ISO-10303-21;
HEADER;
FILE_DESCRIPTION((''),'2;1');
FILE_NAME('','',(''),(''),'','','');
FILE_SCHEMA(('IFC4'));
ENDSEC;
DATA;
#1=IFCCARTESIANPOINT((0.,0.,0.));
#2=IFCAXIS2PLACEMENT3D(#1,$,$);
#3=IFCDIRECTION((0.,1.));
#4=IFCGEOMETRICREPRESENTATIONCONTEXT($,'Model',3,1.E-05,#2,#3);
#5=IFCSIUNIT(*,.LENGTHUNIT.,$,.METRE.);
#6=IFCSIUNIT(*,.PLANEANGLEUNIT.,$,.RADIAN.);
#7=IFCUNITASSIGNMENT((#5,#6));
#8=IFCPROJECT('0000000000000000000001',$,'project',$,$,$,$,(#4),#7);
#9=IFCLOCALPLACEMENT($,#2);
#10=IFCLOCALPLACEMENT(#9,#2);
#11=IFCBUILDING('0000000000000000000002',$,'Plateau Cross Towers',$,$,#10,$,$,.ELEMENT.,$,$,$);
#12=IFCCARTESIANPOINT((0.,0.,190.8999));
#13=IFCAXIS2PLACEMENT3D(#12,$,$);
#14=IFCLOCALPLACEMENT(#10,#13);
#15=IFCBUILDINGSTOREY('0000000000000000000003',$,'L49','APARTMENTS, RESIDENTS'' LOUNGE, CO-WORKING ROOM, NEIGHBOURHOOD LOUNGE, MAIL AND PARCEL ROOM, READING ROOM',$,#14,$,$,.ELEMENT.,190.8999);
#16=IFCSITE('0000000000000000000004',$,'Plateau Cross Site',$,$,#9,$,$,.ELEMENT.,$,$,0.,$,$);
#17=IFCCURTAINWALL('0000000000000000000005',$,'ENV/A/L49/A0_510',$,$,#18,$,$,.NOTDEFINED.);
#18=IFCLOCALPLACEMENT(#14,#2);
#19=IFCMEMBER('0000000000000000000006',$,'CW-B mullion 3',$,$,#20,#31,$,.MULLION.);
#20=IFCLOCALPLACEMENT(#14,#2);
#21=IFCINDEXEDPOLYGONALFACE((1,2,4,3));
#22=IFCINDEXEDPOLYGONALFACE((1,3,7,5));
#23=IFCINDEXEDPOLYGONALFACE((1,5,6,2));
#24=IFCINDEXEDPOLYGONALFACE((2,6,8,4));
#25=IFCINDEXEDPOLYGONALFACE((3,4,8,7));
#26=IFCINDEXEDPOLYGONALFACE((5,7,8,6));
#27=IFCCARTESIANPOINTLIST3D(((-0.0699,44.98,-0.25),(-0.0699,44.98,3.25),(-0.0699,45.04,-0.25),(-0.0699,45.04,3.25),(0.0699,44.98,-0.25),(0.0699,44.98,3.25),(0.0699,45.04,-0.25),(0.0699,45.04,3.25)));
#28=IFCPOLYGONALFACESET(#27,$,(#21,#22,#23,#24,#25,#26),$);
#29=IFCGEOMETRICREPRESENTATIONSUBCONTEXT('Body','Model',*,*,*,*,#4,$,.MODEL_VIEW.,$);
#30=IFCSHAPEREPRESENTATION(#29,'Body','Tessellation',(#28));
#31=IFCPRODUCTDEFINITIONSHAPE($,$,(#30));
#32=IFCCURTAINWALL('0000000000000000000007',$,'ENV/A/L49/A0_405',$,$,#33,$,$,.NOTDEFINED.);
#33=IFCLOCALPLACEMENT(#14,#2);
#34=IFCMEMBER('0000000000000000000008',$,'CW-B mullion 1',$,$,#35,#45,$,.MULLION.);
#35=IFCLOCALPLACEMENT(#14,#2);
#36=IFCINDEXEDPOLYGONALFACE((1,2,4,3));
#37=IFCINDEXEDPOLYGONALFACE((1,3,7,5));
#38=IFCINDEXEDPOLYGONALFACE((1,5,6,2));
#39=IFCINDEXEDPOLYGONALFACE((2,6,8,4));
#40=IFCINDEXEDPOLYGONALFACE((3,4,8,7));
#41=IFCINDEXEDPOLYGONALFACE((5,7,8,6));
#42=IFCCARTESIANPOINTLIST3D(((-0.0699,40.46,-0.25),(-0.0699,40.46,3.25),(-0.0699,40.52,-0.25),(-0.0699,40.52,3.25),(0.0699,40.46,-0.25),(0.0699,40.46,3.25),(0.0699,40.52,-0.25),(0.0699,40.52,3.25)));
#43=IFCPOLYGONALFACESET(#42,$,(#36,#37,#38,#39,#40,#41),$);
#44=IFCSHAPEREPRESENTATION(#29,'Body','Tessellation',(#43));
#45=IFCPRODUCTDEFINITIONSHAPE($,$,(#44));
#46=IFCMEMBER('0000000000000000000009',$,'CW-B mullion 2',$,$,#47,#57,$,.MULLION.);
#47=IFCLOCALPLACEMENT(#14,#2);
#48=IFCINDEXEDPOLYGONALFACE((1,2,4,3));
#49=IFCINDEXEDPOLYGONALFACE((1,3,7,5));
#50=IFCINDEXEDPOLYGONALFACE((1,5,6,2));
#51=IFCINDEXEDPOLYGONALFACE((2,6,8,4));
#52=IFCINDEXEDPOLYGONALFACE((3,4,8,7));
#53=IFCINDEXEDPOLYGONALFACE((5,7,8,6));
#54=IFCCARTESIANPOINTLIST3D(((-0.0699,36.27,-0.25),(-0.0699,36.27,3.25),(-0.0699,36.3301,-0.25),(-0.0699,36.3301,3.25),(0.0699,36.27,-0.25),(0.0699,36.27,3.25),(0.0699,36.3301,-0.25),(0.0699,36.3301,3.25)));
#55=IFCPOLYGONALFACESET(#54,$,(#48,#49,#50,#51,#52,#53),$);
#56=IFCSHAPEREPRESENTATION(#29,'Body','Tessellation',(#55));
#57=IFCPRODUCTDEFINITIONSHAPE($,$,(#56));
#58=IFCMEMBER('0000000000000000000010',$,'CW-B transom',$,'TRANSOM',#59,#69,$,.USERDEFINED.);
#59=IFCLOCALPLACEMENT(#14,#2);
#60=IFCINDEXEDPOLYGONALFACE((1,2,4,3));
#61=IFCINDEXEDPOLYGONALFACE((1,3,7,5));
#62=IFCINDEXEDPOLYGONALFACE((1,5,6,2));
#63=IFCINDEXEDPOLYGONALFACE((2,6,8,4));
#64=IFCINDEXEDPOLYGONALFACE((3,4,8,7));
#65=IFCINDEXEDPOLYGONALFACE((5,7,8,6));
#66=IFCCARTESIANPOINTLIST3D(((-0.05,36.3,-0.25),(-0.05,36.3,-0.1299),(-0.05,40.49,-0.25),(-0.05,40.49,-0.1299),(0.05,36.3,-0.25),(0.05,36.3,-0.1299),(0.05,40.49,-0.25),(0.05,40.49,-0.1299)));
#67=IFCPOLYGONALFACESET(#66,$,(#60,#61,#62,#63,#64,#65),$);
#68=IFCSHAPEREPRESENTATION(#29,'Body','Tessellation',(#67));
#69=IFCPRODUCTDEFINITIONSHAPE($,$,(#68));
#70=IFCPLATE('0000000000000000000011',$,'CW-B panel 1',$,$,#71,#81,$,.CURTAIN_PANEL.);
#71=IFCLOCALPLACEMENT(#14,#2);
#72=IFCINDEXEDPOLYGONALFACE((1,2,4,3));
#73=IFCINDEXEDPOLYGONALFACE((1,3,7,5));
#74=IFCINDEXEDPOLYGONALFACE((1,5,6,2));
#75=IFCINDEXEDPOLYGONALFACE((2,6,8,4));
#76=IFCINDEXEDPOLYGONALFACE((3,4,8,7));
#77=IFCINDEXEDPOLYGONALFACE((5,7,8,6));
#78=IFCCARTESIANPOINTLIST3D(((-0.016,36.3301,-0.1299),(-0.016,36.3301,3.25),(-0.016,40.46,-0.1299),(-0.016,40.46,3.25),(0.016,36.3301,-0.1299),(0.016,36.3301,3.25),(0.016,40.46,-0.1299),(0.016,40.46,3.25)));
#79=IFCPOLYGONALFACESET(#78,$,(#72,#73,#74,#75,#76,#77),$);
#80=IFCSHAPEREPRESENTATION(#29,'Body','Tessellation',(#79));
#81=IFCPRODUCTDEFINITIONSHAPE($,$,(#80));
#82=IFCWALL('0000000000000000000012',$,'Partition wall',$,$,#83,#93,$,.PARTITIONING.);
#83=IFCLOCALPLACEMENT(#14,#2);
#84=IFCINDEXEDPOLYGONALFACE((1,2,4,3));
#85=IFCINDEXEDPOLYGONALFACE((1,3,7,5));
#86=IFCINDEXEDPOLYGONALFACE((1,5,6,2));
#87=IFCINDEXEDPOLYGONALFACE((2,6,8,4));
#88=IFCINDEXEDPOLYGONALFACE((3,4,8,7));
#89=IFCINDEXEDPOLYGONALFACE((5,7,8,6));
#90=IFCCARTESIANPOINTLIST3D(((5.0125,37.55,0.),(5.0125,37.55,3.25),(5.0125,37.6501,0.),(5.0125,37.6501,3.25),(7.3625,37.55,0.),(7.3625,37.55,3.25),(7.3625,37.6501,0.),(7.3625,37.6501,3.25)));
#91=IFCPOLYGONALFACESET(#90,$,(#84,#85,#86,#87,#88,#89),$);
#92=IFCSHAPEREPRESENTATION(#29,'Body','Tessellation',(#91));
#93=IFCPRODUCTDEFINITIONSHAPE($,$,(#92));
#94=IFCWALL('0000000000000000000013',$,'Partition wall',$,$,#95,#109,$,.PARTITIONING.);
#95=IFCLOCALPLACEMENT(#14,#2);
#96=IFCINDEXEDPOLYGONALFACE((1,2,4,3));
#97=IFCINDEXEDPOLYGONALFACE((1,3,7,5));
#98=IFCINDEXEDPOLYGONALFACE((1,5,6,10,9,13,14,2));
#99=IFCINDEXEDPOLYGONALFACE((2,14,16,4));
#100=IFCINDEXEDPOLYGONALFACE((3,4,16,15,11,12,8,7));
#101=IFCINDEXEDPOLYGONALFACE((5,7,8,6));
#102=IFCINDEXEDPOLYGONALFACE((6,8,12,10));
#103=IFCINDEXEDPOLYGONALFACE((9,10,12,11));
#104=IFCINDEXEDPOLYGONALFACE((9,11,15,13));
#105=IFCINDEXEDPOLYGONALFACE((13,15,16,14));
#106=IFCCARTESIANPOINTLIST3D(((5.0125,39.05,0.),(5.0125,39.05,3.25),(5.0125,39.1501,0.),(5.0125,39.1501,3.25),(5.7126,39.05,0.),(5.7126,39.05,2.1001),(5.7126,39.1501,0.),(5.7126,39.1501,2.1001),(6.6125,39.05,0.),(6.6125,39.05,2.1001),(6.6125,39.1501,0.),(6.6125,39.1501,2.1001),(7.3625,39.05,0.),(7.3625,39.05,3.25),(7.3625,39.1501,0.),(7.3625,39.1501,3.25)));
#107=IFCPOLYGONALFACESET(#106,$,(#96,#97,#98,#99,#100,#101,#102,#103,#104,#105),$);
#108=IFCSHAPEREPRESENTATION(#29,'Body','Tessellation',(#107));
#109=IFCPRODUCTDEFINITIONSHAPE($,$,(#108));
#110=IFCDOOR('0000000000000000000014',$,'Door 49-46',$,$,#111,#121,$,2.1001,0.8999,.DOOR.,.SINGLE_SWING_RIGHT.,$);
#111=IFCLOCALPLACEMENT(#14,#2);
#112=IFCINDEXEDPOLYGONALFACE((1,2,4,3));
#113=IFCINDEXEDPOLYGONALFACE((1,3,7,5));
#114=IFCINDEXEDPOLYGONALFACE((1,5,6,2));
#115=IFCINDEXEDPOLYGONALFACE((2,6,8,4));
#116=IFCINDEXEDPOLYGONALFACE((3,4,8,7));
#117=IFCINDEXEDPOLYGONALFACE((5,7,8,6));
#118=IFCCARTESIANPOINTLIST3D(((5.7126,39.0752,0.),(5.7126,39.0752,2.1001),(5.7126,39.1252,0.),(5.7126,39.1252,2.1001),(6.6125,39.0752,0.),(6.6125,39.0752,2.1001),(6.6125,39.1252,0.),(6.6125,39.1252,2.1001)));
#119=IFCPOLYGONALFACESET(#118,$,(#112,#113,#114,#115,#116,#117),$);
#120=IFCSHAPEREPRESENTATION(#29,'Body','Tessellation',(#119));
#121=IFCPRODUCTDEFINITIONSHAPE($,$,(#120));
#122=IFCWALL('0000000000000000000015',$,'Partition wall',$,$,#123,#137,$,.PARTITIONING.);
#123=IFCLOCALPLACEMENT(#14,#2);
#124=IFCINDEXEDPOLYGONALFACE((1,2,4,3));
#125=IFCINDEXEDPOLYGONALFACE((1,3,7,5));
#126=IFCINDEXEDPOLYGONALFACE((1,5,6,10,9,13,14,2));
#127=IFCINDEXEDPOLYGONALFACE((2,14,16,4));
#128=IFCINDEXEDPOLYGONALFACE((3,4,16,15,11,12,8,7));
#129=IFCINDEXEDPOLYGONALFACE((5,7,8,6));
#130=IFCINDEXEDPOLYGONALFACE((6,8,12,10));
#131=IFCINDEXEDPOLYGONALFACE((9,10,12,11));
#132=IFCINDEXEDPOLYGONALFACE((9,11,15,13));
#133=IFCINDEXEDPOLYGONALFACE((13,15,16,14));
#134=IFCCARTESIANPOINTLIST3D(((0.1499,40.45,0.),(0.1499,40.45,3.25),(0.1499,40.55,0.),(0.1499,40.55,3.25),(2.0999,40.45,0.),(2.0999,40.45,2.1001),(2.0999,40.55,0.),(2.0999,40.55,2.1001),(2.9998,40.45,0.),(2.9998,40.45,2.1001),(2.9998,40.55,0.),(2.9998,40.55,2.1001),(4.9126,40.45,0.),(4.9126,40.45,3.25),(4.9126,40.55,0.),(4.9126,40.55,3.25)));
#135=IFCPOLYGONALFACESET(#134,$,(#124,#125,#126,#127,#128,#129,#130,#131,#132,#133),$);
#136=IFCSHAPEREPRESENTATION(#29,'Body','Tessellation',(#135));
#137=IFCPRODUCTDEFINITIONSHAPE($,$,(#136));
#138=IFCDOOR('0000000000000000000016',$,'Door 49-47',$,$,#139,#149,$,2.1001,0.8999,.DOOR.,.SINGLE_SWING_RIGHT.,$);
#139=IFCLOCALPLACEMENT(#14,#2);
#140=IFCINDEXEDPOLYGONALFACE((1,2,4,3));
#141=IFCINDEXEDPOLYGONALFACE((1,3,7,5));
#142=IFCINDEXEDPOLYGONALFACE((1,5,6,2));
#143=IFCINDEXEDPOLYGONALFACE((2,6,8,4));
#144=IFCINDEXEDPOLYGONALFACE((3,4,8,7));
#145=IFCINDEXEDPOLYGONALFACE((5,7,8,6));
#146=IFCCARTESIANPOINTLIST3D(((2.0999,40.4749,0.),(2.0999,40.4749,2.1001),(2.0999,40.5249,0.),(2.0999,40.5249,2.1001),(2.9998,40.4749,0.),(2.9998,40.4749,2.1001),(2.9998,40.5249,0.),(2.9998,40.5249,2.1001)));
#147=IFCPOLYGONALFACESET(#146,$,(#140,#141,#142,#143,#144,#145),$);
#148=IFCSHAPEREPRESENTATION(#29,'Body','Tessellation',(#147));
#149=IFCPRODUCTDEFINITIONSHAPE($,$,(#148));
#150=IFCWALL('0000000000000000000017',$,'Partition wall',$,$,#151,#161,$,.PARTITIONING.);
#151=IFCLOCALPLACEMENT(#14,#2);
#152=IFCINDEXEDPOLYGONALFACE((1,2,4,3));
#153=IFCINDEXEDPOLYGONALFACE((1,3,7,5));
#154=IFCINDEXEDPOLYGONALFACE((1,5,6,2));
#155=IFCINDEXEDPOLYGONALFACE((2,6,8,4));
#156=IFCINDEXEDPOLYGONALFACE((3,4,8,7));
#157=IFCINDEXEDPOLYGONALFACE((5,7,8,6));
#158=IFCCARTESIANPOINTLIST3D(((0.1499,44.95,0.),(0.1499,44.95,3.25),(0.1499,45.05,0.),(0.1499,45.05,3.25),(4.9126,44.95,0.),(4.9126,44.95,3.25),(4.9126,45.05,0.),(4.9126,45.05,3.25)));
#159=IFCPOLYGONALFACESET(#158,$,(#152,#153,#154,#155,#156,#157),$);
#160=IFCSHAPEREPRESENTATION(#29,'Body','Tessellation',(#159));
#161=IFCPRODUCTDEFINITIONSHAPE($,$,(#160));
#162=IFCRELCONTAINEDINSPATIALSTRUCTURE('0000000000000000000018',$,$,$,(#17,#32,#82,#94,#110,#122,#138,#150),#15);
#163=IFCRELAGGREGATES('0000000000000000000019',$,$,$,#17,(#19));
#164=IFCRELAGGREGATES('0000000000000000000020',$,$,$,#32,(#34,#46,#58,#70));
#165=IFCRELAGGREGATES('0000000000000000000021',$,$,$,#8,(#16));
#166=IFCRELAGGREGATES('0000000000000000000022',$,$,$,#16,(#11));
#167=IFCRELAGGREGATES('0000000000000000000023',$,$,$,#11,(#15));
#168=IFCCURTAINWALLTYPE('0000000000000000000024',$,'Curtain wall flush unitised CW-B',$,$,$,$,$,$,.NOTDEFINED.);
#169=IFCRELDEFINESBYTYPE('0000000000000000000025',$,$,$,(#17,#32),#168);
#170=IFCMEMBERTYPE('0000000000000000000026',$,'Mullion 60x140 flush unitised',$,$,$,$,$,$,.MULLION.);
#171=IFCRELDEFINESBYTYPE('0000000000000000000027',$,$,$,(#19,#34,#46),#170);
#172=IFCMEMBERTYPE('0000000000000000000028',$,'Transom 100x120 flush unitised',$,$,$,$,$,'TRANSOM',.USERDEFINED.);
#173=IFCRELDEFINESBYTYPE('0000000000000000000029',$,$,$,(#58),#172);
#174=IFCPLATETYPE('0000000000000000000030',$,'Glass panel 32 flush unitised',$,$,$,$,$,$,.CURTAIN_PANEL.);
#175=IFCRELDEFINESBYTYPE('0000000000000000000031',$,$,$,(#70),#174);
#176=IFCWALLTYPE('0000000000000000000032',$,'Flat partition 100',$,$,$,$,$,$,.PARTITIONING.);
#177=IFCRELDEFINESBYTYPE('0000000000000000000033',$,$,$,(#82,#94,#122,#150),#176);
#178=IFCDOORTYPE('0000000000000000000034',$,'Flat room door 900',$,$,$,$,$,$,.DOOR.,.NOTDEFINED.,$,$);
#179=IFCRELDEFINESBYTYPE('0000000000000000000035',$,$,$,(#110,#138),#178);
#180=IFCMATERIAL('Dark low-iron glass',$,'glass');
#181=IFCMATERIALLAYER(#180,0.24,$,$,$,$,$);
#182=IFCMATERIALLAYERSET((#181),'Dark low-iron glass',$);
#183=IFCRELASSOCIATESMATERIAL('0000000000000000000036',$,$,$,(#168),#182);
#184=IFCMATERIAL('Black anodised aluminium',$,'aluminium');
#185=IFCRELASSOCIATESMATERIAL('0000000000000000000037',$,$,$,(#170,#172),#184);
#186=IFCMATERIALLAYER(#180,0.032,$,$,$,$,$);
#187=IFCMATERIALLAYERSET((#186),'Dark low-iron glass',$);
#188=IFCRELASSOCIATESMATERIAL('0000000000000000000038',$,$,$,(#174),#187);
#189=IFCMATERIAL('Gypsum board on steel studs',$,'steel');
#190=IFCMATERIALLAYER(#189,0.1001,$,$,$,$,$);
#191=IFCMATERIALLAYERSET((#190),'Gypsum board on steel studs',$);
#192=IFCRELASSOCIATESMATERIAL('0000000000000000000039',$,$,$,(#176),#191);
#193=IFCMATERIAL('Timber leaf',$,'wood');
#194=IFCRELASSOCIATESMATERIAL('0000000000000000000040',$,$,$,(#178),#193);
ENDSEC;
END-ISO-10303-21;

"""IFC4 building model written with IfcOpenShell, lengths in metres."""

from ifc_helpers import new_model, si_unit, direction, frame, frame_2d, origin, origin_2d, place, context, subcontext, project, spatial, rectangle, extrude, material, layer, layer_set, material_profile, profile_set, type_object, element, fill, aggregate, save


model = new_model("IFC4")

# Units and contexts
model_context = context("Model", 3, precision=1e-05, world=origin(), true_north=direction((0.0, 1.0)))
body_context = subcontext(model_context, "Body", "Model", "MODEL_VIEW")
ifc_project = project(units=[si_unit("LENGTHUNIT", "METRE"), si_unit("PLANEANGLEUNIT", "RADIAN")], contexts=[model_context])

# Site, building, storey
site_placement = place(None, origin())
site = spatial("IfcSite", under=ifc_project, at=site_placement, Name="Plateau Cross Site", CompositionType="ELEMENT", RefElevation=0.0)
building_placement = place(site_placement, origin())
building = spatial("IfcBuilding", under=site, at=building_placement, Name="Plateau Cross Towers", CompositionType="ELEMENT")
storey_placement = place(building_placement, frame((0.0, 0.0, 190.8999)))
storey = spatial("IfcBuildingStorey", under=building, at=storey_placement, Name="L49", Description="APARTMENTS, RESIDENTS' LOUNGE, CO-WORKING ROOM, NEIGHBOURHOOD LOUNGE, MAIL AND PARCEL ROOM, READING ROOM", CompositionType="ELEMENT", Elevation=190.8999)

# Curtain wall, member
ifc_material_1 = material(Name="Dark low-iron glass", Category="glass")
ifc_layer_1 = layer(ifc_material_1, 0.24)
ifc_layer_set_1 = layer_set([ifc_layer_1], Name="Dark low-iron glass")
curtain_wall_type = type_object("IfcCurtainWallType", Name="Curtain wall flush unitised CW-B", PredefinedType="NOTDEFINED", material=ifc_layer_set_1)
curtain_wall_1_placement = place(storey_placement, origin())
curtain_wall_1 = element("IfcCurtainWall", 1, at=curtain_wall_1_placement, inside=storey, type_object=curtain_wall_type, Name="ENV/A/L49/A0_510", PredefinedType="NOTDEFINED")
ifc_material_2 = material(Name="Black anodised aluminium", Category="aluminium")
ifc_material_profile_1 = material_profile(ifc_material_2, rectangle(XDim=0.0601, YDim=0.1399, at=origin_2d()), Name="MULLION 60x140")
ifc_profile_set_1 = profile_set([ifc_material_profile_1], Name="Black anodised aluminium")
member_type_1 = type_object("IfcMemberType", Name="Mullion 60x140 flush unitised", PredefinedType="MULLION", material=ifc_profile_set_1)
member_1_placement = place(storey_placement, frame((0.0, 45.01, -0.25), z_axis=(0.0, 0.0, 1.0), x_axis=(0.0, -1.0, 0.0)))
member_1 = element("IfcMember", 2, at=member_1_placement, type_object=member_type_1, Name="CW-B mullion 3", PredefinedType="MULLION", context=body_context, shape_type="SweptSolid", body=[
    extrude(rectangle(XDim=0.0601, YDim=0.1399, at=origin_2d()), origin(), (0.0, 0.0, 1.0), 3.5),
])
aggregate(curtain_wall_1, [member_1])

# Curtain wall, members, plate
curtain_wall_2_placement = place(storey_placement, origin())
curtain_wall_2 = element("IfcCurtainWall", 3, at=curtain_wall_2_placement, inside=storey, type_object=curtain_wall_type, Name="ENV/A/L49/A0_405", PredefinedType="NOTDEFINED")
member_2_placement = place(storey_placement, frame((0.0, 40.49, -0.25), z_axis=(0.0, 0.0, 1.0), x_axis=(0.0, -1.0, 0.0)))
member_2 = element("IfcMember", 4, at=member_2_placement, type_object=member_type_1, Name="CW-B mullion 1", PredefinedType="MULLION", context=body_context, shape_type="SweptSolid", body=[
    extrude(rectangle(XDim=0.0601, YDim=0.1399, at=origin_2d()), origin(), (0.0, 0.0, 1.0), 3.5),
])
member_3_placement = place(storey_placement, frame((0.0, 36.3, -0.25), z_axis=(0.0, 0.0, 1.0), x_axis=(0.0, -1.0, 0.0)))
member_3 = element("IfcMember", 5, at=member_3_placement, type_object=member_type_1, Name="CW-B mullion 2", PredefinedType="MULLION", context=body_context, shape_type="SweptSolid", body=[
    extrude(rectangle(XDim=0.0601, YDim=0.1399, at=origin_2d()), origin(), (0.0, 0.0, 1.0), 3.5),
])
ifc_material_profile_2 = material_profile(ifc_material_2, rectangle(XDim=0.1001, YDim=0.1201, at=origin_2d()), Name="TRANSOM 100x120")
ifc_profile_set_2 = profile_set([ifc_material_profile_2], Name="Black anodised aluminium")
member_type_2 = type_object("IfcMemberType", Name="Transom 100x120 flush unitised", ElementType="TRANSOM", PredefinedType="USERDEFINED", material=ifc_profile_set_2)
member_4_placement = place(storey_placement, frame((0.0, 40.49, -0.1899), z_axis=(0.0, -1.0, 0.0), x_axis=(1.0, 0.0, 0.0)))
member_4 = element("IfcMember", 6, at=member_4_placement, type_object=member_type_2, Name="CW-B transom", ObjectType="TRANSOM", PredefinedType="USERDEFINED", context=body_context, shape_type="SweptSolid", body=[
    extrude(rectangle(XDim=0.1001, YDim=0.1201, at=origin_2d()), origin(), (0.0, 0.0, 1.0), 4.1899),
])
ifc_layer_2 = layer(ifc_material_1, 0.032)
ifc_layer_set_2 = layer_set([ifc_layer_2], Name="Dark low-iron glass")
plate_type = type_object("IfcPlateType", Name="Glass panel 32 flush unitised", PredefinedType="CURTAIN_PANEL", material=ifc_layer_set_2)
plate_placement = place(storey_placement, frame((0.0, 38.395, -0.1299), z_axis=(0.0, 0.0, 1.0), x_axis=(0.0, -1.0, 0.0)))
plate = element("IfcPlate", 7, at=plate_placement, type_object=plate_type, Name="CW-B panel 1", PredefinedType="CURTAIN_PANEL", context=body_context, shape_type="SweptSolid", body=[
    extrude(rectangle(XDim=4.1299, YDim=0.032, at=origin_2d()), origin(), (0.0, 0.0, 1.0), 3.3799),
])
aggregate(curtain_wall_2, [member_2, member_3, member_4, plate])

# Wall
ifc_material_3 = material(Name="Gypsum board on steel studs", Category="steel")
ifc_layer_3 = layer(ifc_material_3, 0.1001)
ifc_layer_set_3 = layer_set([ifc_layer_3], Name="Gypsum board on steel studs")
wall_type_1 = type_object("IfcWallType", Name="Flat partition 100", PredefinedType="PARTITIONING", material=ifc_layer_set_3)
wall_1_placement = place(storey_placement, frame((7.3625, 37.6001, 0.0), z_axis=(0.0, 0.0, 1.0), x_axis=(-1.0, 0.0, 0.0)))
element("IfcWall", 8, at=wall_1_placement, inside=storey, type_object=wall_type_1, Name="Partition wall", PredefinedType="PARTITIONING", context=body_context, shape_type="SweptSolid", body=[
    extrude(rectangle(XDim=2.3501, YDim=0.1001, at=frame_2d((1.175, 0.0))), origin(), (0.0, 0.0, 1.0), 3.25),
])

# Walls, openings, doors
wall_2_placement = place(storey_placement, frame((7.3625, 39.1001, 0.0), z_axis=(0.0, 0.0, 1.0), x_axis=(-1.0, 0.0, 0.0)))
wall_2 = element("IfcWall", 9, at=wall_2_placement, inside=storey, type_object=wall_type_1, Name="Partition wall", PredefinedType="PARTITIONING", context=body_context, shape_type="SweptSolid", body=[
    extrude(rectangle(XDim=2.3501, YDim=0.1001, at=frame_2d((1.175, 0.0))), origin(), (0.0, 0.0, 1.0), 3.25),
])
opening_1_placement = place(wall_2_placement, frame((0.75, 0.0, 0.0)))
opening_1 = element("IfcOpeningElement", 10, at=opening_1_placement, cuts=wall_2, PredefinedType="OPENING", context=body_context, shape_type="SweptSolid", body=[
    extrude(rectangle(XDim=0.8999, YDim=2.1001, at=frame_2d((0.45, 1.05))), frame((0.0, 0.0601, 0.0), z_axis=(0.0, -1.0, 0.0), x_axis=(1.0, 0.0, 0.0)), (0.0, 0.0, 1.0), 0.1201),
])
ifc_material_4 = material(Name="Timber leaf", Category="wood")
door_type_1 = type_object("IfcDoorType", Name="Flat room door 900", OperationType="NOTDEFINED", PredefinedType="DOOR", material=ifc_material_4)
door_1_placement = place(opening_1_placement, origin())
door_1 = element("IfcDoor", 11, at=door_1_placement, inside=storey, type_object=door_type_1, Name="Door 49-46", OperationType="SINGLE_SWING_RIGHT", OverallHeight=2.1001, OverallWidth=0.8999, PredefinedType="DOOR", context=body_context, shape_type="SweptSolid", body=[
    extrude(rectangle(XDim=0.8999, YDim=2.1001, at=frame_2d((0.45, 1.05))), frame((0.0, 0.0249, 0.0), z_axis=(0.0, -1.0, 0.0), x_axis=(1.0, 0.0, 0.0)), (0.0, 0.0, 1.0), 0.05),
])
fill(opening_1, door_1)
wall_3_placement = place(storey_placement, frame((0.1499, 40.5, 0.0), z_axis=(0.0, 0.0, 1.0), x_axis=(1.0, 0.0, 0.0)))
wall_3 = element("IfcWall", 12, at=wall_3_placement, inside=storey, type_object=wall_type_1, Name="Partition wall", PredefinedType="PARTITIONING", context=body_context, shape_type="SweptSolid", body=[
    extrude(rectangle(XDim=4.7627, YDim=0.1001, at=frame_2d((2.3813, 0.0))), origin(), (0.0, 0.0, 1.0), 3.25),
])
opening_2_placement = place(wall_3_placement, frame((1.95, 0.0, 0.0)))
opening_2 = element("IfcOpeningElement", 13, at=opening_2_placement, cuts=wall_3, PredefinedType="OPENING", context=body_context, shape_type="SweptSolid", body=[
    extrude(rectangle(XDim=0.8999, YDim=2.1001, at=frame_2d((0.45, 1.05))), frame((0.0, 0.0601, 0.0), z_axis=(0.0, -1.0, 0.0), x_axis=(1.0, 0.0, 0.0)), (0.0, 0.0, 1.0), 0.1201),
])
door_2_placement = place(opening_2_placement, origin())
door_2 = element("IfcDoor", 14, at=door_2_placement, inside=storey, type_object=door_type_1, Name="Door 49-47", OperationType="SINGLE_SWING_RIGHT", OverallHeight=2.1001, OverallWidth=0.8999, PredefinedType="DOOR", context=body_context, shape_type="SweptSolid", body=[
    extrude(rectangle(XDim=0.8999, YDim=2.1001, at=frame_2d((0.45, 1.05))), frame((0.0, 0.0249, 0.0), z_axis=(0.0, -1.0, 0.0), x_axis=(1.0, 0.0, 0.0)), (0.0, 0.0, 1.0), 0.05),
])
fill(opening_2, door_2)

# Wall
wall_4_placement = place(storey_placement, frame((4.9126, 45.0, 0.0), z_axis=(0.0, 0.0, 1.0), x_axis=(-1.0, 0.0, 0.0)))
element("IfcWall", 15, at=wall_4_placement, inside=storey, type_object=wall_type_1, Name="Partition wall", PredefinedType="PARTITIONING", context=body_context, shape_type="SweptSolid", body=[
    extrude(rectangle(XDim=4.7627, YDim=0.1001, at=frame_2d((2.3813, 0.0))), origin(), (0.0, 0.0, 1.0), 3.25),
])

save(model, "model.ifc")
